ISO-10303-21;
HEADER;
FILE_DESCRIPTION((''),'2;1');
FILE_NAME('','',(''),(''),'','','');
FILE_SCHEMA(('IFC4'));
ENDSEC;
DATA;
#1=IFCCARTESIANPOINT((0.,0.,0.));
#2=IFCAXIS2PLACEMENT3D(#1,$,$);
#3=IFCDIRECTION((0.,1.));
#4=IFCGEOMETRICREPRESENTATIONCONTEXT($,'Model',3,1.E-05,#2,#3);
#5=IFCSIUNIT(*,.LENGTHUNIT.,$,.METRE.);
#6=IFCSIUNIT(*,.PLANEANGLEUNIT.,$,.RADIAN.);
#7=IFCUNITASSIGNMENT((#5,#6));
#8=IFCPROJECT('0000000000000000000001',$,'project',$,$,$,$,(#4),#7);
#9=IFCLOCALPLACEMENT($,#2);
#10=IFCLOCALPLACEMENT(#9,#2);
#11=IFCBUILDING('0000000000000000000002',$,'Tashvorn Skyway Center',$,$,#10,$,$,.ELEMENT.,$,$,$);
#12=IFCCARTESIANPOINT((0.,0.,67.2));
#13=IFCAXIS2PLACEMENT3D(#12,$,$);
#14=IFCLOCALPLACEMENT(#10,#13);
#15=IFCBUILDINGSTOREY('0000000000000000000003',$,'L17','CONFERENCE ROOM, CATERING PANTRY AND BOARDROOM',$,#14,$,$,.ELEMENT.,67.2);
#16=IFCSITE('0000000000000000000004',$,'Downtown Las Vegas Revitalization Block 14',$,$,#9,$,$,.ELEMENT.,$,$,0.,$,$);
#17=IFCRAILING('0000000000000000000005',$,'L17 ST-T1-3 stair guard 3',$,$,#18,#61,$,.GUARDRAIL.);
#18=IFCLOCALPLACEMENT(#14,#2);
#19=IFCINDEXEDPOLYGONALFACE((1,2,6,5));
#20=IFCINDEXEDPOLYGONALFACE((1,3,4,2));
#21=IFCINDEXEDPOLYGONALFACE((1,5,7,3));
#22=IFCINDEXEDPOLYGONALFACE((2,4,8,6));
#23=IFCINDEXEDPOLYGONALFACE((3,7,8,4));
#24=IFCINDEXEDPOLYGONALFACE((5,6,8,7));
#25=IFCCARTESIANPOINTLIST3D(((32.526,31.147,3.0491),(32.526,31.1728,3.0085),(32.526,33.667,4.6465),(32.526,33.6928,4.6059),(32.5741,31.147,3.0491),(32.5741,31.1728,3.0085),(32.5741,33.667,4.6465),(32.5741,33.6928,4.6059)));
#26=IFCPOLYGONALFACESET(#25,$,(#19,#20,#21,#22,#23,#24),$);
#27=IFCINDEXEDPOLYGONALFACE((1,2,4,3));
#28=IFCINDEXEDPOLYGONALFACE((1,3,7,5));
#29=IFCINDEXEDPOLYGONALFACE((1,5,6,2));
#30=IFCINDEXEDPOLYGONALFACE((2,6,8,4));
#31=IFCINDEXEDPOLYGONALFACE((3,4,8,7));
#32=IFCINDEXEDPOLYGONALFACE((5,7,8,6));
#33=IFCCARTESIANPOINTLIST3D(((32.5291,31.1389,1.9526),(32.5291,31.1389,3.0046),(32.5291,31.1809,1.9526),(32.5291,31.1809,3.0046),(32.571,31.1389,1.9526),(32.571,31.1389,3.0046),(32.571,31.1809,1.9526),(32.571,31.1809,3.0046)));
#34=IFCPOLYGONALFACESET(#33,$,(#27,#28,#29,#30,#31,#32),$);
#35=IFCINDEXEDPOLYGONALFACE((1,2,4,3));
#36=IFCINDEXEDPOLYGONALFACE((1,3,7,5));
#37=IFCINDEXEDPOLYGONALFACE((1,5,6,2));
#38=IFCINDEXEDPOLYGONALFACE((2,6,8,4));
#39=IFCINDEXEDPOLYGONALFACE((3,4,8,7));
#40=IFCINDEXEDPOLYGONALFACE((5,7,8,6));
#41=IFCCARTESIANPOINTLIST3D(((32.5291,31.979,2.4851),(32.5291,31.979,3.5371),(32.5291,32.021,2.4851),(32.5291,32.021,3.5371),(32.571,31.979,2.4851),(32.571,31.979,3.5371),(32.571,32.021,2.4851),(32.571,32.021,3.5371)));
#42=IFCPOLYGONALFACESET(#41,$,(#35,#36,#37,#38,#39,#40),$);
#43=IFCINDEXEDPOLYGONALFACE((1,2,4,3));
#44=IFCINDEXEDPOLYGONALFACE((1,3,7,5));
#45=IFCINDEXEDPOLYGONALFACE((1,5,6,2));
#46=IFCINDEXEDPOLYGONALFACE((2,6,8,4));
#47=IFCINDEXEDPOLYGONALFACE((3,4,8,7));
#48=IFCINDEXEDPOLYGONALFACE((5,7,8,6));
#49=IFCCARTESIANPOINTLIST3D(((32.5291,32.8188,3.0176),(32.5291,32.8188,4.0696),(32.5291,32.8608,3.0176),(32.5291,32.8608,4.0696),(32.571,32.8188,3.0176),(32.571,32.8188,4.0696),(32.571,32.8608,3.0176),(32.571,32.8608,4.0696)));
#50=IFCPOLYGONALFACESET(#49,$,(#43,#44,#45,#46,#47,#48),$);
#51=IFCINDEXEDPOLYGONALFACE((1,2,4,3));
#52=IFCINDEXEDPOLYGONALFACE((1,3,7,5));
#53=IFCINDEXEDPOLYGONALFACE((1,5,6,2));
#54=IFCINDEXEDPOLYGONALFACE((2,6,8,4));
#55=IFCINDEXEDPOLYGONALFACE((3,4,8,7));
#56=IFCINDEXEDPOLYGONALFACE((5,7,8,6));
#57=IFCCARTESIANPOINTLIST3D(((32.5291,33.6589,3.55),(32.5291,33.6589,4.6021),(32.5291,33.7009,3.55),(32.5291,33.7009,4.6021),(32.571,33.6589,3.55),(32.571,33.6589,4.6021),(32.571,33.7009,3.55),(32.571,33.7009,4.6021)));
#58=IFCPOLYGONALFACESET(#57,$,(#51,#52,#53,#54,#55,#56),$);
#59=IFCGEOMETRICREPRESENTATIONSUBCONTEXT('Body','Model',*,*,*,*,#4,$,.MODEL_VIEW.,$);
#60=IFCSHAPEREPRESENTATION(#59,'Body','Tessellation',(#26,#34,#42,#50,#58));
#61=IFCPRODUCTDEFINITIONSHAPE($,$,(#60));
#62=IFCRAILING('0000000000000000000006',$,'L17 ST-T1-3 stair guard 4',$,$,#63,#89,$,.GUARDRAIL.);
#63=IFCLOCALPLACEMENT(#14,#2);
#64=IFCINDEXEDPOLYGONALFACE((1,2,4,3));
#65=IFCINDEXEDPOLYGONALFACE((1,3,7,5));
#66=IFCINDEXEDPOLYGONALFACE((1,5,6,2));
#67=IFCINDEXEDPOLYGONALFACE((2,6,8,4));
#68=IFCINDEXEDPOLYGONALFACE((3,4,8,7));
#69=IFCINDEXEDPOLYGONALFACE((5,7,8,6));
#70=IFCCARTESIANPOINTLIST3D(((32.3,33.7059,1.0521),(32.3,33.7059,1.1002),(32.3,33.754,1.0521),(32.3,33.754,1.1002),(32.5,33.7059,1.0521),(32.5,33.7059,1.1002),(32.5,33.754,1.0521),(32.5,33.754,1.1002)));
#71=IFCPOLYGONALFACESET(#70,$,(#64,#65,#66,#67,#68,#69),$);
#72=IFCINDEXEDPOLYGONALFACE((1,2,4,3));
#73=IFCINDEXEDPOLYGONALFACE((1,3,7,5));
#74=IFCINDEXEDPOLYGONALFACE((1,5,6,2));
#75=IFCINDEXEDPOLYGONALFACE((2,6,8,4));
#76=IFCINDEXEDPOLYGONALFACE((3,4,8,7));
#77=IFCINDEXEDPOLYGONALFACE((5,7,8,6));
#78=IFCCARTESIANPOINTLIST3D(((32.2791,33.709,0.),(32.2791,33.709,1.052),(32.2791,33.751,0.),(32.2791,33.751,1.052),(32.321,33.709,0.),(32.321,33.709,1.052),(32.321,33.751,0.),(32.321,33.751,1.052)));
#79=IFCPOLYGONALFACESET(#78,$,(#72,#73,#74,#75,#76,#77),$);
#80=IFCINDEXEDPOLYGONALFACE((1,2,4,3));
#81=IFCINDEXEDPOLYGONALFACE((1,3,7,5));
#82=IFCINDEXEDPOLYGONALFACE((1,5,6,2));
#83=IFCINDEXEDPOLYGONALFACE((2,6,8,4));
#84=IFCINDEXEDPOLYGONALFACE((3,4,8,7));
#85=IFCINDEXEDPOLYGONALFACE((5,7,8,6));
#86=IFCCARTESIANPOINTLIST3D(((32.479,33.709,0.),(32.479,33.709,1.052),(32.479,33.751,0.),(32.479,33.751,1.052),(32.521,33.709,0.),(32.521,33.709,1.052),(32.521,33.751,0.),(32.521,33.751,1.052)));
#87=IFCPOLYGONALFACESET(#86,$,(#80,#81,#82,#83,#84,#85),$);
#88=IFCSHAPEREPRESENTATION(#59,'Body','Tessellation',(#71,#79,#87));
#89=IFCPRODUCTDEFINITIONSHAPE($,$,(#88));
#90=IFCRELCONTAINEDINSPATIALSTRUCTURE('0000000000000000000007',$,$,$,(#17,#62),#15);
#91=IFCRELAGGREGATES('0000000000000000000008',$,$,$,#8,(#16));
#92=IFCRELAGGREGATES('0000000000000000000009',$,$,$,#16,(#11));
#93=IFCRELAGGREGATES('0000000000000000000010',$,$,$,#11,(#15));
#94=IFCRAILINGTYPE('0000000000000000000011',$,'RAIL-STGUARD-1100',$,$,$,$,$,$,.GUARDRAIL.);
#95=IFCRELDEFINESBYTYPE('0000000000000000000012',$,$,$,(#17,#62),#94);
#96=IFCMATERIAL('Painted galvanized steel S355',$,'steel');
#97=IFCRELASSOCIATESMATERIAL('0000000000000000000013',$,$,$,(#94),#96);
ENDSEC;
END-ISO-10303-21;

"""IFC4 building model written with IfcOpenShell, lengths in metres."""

from ifc_helpers import new_model, si_unit, direction, frame, origin, origin_2d, place, context, subcontext, project, spatial, rectangle, extrude, material, type_object, element, save


model = new_model("IFC4")

# Units and contexts
model_context = context("Model", 3, precision=1e-05, world=origin(), true_north=direction((0.0, 1.0)))
body_context = subcontext(model_context, "Body", "Model", "MODEL_VIEW")
ifc_project = project(units=[si_unit("LENGTHUNIT", "METRE"), si_unit("PLANEANGLEUNIT", "RADIAN")], contexts=[model_context])

# Site, building, storey
site_placement = place(None, origin())
site = spatial("IfcSite", under=ifc_project, at=site_placement, Name="Downtown Las Vegas Revitalization Block 14", CompositionType="ELEMENT", RefElevation=0.0)
building_placement = place(site_placement, origin())
building = spatial("IfcBuilding", under=site, at=building_placement, Name="Tashvorn Skyway Center", CompositionType="ELEMENT")
storey_placement = place(building_placement, frame((0.0, 0.0, 67.2)))
storey = spatial("IfcBuildingStorey", under=building, at=storey_placement, Name="L17", Description="CONFERENCE ROOM, CATERING PANTRY AND BOARDROOM", CompositionType="ELEMENT", Elevation=67.2)

# Railings
ifc_material_1 = material(Name="Painted galvanized steel S355", Category="steel")
railing_type_1 = type_object("IfcRailingType", Name="RAIL-STGUARD-1100", PredefinedType="GUARDRAIL", material=ifc_material_1)
railing_1_placement = place(storey_placement, frame((32.55, 31.1599, 1.9526)))
element("IfcRailing", 1, at=railing_1_placement, inside=storey, type_object=railing_type_1, Name="L17 ST-T1-3 stair guard 3", PredefinedType="GUARDRAIL", context=body_context, shape_type="SweptSolid", body=[
    extrude(rectangle(XDim=0.0481, YDim=0.0481, at=origin_2d()), frame((0.0, 0.0, 1.0762), z_axis=(0.0, 0.844607, 0.535387), x_axis=(-1.0, 0.0, 0.0)), (0.0, 0.0, 1.0), 2.9836),
    extrude(rectangle(XDim=0.042, YDim=0.042, at=origin_2d()), origin(), (0.0, 0.0, 1.0), 1.052),
    extrude(rectangle(XDim=0.042, YDim=0.042, at=origin_2d()), frame((0.0, 0.8401, 0.5325)), (0.0, 0.0, 1.0), 1.052),
    extrude(rectangle(XDim=0.042, YDim=0.042, at=origin_2d()), frame((0.0, 1.6799, 1.0649)), (0.0, 0.0, 1.0), 1.052),
    extrude(rectangle(XDim=0.042, YDim=0.042, at=origin_2d()), frame((0.0, 2.52, 1.5974)), (0.0, 0.0, 1.0), 1.052),
])
railing_2_placement = place(storey_placement, frame((32.3, 33.73, 0.0)))
element("IfcRailing", 2, at=railing_2_placement, inside=storey, type_object=railing_type_1, Name="L17 ST-T1-3 stair guard 4", PredefinedType="GUARDRAIL", context=body_context, shape_type="SweptSolid", body=[
    extrude(rectangle(XDim=0.0481, YDim=0.0481, at=origin_2d()), frame((0.0, 0.0, 1.0762), z_axis=(1.0, 0.0, 0.0), x_axis=(0.0, 1.0, 0.0)), (0.0, 0.0, 1.0), 0.2),
    extrude(rectangle(XDim=0.042, YDim=0.042, at=origin_2d()), origin(), (0.0, 0.0, 1.0), 1.052),
    extrude(rectangle(XDim=0.042, YDim=0.042, at=origin_2d()), frame((0.2, 0.0, 0.0)), (0.0, 0.0, 1.0), 1.052),
])

save(model, "model.ifc")
